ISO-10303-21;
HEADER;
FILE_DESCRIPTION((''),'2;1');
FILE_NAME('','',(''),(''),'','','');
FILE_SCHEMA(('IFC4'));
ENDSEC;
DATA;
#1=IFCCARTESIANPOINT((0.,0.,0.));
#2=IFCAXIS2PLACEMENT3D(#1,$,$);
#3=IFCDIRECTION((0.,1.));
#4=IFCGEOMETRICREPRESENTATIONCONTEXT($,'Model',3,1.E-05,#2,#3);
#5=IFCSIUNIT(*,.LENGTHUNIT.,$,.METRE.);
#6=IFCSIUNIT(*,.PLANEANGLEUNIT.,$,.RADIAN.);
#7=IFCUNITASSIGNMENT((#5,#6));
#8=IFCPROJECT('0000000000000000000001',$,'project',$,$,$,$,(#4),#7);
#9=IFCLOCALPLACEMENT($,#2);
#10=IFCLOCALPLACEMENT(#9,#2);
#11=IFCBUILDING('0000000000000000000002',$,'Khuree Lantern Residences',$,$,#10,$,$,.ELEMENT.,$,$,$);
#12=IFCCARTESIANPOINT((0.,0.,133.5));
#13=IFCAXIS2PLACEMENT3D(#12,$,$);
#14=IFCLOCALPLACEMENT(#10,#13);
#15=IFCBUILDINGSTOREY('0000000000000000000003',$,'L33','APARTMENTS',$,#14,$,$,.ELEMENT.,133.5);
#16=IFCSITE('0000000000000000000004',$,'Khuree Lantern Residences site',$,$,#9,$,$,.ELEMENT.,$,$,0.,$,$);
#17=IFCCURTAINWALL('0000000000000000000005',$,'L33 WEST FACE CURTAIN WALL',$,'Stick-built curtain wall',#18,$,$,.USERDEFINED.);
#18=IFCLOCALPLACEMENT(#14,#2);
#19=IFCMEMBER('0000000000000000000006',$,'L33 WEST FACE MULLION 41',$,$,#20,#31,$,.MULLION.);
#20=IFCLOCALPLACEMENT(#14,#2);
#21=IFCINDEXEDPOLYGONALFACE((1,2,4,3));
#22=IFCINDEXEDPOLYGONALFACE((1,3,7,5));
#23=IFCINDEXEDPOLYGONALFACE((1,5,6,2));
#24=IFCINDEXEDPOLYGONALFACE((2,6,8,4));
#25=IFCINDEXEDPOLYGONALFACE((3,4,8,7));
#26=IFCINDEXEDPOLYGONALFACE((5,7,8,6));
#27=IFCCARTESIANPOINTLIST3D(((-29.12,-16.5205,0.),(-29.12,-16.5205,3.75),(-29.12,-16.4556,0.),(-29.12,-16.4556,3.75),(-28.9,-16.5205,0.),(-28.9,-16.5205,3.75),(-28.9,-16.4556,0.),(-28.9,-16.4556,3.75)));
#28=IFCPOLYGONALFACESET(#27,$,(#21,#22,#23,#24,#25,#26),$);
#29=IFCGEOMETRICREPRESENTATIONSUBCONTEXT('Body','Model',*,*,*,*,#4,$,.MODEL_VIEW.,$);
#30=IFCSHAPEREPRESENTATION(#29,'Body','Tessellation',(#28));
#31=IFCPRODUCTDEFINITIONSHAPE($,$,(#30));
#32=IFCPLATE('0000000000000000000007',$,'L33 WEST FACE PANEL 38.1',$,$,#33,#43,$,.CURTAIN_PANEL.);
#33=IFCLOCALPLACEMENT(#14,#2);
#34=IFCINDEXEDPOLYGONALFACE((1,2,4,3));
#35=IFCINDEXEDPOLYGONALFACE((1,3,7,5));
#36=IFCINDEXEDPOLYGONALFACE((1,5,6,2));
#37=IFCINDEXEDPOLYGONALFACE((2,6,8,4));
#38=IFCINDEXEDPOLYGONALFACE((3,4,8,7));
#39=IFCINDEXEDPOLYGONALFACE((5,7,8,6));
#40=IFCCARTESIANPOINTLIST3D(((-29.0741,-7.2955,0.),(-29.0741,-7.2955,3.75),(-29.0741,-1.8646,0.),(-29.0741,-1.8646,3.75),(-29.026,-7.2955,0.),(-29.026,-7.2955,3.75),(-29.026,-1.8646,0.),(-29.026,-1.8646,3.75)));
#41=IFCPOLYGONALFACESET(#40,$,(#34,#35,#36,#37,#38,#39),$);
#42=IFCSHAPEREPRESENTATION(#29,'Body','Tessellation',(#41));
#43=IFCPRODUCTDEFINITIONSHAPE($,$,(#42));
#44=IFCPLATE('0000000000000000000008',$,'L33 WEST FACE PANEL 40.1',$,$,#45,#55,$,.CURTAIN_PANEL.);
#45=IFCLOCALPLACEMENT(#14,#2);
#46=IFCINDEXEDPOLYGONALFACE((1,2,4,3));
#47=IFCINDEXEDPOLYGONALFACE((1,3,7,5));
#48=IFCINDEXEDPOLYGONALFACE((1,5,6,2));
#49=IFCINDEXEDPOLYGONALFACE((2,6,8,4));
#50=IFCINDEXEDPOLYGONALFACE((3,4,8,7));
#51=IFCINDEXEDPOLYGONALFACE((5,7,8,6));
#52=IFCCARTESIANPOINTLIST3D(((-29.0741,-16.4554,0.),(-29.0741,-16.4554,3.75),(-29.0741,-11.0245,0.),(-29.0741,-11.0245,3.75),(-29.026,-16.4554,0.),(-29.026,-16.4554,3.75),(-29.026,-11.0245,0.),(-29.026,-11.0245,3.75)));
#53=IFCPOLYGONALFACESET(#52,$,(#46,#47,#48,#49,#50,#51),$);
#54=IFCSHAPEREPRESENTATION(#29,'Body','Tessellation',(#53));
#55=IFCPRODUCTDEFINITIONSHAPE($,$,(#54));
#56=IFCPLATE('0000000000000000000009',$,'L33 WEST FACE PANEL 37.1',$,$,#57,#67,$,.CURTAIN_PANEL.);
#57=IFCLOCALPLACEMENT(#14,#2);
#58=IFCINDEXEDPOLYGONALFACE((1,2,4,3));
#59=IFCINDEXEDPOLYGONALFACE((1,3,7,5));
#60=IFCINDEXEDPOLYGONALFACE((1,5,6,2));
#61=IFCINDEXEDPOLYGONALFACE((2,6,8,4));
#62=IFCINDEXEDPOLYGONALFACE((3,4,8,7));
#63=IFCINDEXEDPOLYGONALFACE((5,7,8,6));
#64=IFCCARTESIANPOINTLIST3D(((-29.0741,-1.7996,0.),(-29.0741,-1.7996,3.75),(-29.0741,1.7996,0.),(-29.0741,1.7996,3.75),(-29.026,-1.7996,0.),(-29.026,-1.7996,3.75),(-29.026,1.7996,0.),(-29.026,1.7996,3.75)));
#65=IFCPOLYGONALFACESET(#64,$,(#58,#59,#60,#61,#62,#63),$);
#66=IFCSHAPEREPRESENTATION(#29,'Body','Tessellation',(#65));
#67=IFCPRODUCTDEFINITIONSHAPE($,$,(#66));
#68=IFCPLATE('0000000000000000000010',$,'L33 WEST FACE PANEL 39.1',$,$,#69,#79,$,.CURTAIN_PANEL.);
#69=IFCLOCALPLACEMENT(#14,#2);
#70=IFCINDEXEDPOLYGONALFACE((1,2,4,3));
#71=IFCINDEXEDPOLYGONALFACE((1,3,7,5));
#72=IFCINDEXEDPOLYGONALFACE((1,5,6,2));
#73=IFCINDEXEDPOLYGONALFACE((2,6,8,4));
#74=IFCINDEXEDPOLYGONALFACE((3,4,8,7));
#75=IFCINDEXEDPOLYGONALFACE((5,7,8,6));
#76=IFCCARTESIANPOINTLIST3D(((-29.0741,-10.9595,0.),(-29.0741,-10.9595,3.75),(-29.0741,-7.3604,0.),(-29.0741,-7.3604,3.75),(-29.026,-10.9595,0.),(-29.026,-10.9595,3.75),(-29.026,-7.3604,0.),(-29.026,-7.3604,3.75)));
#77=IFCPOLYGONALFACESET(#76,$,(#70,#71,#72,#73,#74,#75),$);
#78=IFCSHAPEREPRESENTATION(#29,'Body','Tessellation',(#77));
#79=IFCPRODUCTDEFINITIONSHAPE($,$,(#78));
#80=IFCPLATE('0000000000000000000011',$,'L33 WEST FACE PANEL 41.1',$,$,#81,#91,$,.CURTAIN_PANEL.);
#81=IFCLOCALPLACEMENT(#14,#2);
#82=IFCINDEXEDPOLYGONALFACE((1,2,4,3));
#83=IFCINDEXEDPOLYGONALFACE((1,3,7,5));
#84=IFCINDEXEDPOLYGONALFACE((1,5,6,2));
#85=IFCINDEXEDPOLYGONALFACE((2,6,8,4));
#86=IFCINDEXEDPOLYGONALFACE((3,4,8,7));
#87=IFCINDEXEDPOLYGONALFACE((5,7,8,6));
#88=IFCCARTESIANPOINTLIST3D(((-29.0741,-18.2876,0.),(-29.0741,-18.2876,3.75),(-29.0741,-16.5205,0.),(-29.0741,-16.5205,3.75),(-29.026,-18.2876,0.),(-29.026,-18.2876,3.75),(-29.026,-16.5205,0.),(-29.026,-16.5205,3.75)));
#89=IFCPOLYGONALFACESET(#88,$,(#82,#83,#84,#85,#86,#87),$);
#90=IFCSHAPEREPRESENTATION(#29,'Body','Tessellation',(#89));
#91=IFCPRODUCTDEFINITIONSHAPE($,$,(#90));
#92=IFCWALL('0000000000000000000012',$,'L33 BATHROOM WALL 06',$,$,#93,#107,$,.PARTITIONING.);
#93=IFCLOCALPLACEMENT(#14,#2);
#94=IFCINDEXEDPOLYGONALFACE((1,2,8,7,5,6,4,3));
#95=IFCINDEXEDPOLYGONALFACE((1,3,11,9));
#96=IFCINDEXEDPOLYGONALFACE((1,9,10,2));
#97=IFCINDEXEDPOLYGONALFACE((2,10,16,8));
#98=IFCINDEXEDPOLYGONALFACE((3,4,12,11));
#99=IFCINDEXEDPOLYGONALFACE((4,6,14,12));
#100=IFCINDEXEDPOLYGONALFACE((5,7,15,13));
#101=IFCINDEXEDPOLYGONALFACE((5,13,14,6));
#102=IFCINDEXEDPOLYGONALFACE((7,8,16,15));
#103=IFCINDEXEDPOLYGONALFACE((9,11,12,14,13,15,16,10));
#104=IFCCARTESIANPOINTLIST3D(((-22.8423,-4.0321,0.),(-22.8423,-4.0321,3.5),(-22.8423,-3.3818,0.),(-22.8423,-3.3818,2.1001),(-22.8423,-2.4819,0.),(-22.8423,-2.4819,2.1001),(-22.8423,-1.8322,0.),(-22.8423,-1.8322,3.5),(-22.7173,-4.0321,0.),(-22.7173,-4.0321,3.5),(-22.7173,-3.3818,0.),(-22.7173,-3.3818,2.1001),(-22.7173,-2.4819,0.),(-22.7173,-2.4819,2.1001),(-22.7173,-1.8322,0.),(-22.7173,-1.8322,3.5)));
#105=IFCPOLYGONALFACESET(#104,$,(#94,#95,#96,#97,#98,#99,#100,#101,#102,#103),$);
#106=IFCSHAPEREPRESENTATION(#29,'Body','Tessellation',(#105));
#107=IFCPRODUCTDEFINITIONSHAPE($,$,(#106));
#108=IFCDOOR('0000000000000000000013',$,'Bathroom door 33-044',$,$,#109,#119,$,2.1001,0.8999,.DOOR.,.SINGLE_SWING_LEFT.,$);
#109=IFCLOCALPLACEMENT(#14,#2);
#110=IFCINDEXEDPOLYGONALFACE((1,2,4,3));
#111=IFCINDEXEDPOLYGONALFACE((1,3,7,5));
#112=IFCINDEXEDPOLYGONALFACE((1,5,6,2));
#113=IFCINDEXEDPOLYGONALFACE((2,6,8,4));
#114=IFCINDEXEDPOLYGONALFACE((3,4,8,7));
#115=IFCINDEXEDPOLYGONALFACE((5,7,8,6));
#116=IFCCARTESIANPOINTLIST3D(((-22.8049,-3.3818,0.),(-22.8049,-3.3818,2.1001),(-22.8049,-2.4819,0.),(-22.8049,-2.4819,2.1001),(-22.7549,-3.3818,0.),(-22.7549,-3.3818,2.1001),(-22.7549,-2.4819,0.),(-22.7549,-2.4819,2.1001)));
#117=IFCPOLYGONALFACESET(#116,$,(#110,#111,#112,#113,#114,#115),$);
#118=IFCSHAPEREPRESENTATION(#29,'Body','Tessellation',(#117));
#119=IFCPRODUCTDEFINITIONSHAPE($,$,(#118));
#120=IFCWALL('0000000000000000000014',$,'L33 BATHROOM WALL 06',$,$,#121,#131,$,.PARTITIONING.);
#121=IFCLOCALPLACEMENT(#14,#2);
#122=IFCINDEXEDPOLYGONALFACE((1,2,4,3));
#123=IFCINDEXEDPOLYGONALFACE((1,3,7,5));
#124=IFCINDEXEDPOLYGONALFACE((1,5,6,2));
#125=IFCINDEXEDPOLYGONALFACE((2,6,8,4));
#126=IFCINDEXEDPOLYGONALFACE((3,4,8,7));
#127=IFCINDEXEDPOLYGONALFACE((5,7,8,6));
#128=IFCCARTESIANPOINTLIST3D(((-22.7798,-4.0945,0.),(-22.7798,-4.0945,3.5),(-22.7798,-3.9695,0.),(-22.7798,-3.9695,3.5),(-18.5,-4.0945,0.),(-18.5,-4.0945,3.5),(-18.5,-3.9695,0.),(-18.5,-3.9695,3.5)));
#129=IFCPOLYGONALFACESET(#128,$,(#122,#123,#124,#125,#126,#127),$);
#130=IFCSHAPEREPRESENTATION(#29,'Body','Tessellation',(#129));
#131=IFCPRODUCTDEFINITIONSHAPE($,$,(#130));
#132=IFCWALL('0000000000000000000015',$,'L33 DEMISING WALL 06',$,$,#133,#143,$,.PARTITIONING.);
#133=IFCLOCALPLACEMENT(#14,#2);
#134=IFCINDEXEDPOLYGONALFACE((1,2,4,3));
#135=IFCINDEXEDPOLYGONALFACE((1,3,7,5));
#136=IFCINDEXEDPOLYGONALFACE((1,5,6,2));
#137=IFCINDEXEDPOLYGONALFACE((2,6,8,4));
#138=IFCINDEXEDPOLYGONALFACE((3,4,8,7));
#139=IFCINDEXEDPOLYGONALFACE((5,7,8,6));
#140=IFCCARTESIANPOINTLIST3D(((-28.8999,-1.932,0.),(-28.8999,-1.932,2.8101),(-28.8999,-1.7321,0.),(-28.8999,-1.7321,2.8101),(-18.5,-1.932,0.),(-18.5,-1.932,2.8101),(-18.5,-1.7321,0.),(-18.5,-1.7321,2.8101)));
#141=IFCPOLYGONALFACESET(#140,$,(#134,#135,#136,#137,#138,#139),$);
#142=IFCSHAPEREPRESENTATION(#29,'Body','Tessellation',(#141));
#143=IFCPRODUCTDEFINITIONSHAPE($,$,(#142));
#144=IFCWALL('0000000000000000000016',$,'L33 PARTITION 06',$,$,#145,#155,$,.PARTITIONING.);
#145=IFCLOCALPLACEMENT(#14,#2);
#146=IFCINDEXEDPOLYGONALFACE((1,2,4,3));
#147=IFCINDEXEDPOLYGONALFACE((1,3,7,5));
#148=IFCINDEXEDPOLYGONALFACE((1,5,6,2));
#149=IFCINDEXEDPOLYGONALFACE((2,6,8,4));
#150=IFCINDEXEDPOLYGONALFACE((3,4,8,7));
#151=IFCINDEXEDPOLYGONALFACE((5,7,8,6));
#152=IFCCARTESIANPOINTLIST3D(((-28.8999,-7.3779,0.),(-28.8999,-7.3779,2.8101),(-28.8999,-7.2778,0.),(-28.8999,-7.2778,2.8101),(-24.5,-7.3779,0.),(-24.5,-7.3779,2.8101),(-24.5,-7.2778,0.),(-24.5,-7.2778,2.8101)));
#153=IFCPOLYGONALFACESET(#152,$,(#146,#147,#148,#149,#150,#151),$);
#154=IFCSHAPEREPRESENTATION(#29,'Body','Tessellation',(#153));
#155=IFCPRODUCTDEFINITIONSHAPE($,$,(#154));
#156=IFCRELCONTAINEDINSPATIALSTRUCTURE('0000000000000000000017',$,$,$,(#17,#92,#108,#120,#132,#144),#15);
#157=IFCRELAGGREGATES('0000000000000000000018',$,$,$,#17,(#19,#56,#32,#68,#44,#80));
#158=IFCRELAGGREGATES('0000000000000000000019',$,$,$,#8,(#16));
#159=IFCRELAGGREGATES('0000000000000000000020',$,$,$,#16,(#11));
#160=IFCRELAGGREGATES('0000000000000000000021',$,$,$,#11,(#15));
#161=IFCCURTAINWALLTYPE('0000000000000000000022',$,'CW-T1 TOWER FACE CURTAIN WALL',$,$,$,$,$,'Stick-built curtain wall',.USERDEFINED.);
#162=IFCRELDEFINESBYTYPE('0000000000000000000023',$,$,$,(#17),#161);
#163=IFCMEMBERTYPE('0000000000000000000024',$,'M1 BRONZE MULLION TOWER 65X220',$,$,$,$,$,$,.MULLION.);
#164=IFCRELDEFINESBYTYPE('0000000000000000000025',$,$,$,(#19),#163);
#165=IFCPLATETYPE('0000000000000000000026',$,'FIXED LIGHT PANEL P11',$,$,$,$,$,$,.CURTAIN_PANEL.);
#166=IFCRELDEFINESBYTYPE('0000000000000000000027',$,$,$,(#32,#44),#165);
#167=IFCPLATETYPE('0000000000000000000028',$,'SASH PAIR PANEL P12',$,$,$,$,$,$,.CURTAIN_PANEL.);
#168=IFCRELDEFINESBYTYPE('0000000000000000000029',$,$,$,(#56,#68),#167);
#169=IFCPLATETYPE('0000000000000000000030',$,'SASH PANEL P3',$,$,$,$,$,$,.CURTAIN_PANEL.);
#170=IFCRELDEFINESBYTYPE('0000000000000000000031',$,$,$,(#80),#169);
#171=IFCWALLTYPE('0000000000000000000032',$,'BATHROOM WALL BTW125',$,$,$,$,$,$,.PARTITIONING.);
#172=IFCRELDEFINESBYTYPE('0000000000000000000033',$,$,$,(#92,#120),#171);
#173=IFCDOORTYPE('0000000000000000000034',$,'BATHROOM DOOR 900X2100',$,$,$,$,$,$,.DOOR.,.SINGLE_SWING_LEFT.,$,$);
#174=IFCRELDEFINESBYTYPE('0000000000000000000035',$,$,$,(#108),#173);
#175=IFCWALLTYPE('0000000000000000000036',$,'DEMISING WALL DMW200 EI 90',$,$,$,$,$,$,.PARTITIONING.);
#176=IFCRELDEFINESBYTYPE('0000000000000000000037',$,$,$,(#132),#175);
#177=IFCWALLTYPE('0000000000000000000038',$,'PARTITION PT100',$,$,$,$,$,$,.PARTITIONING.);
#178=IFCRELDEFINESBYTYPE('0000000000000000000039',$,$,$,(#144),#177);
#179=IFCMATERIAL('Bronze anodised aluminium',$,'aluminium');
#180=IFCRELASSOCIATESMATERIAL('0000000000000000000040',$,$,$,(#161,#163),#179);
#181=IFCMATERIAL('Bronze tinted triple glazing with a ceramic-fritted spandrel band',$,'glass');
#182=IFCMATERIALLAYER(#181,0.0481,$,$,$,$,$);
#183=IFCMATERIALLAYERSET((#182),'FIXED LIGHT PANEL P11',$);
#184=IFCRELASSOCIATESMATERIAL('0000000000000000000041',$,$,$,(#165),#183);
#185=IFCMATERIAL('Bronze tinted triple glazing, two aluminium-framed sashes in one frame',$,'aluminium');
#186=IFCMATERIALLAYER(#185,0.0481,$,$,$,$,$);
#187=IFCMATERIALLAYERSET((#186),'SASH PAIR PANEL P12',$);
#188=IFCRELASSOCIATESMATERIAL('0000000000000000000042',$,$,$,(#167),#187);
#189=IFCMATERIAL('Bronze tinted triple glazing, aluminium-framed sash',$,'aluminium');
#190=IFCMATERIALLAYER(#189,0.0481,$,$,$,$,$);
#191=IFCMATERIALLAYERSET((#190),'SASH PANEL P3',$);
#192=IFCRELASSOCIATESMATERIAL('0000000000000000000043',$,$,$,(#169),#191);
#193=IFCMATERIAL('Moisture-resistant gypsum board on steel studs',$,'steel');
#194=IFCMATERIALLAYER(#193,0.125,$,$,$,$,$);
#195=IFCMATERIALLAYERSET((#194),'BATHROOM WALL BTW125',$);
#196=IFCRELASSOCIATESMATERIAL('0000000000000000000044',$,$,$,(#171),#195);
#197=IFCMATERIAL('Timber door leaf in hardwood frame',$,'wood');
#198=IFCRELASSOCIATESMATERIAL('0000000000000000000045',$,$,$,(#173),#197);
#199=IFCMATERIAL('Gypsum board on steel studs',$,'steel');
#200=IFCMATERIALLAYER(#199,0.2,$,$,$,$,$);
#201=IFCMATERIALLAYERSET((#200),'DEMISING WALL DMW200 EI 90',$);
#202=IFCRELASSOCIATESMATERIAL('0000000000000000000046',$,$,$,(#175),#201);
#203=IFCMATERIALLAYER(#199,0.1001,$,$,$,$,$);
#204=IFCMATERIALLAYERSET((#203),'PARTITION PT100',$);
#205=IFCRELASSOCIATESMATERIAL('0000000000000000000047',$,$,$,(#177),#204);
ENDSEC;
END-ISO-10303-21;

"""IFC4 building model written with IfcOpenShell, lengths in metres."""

from ifc_helpers import new_model, si_unit, direction, frame, frame_2d, origin, origin_2d, place, context, subcontext, project, spatial, rectangle, extrude, material, layer, layer_set, material_profile, profile_set, type_object, element, fill, aggregate, save


model = new_model("IFC4")

# Units and contexts
model_context = context("Model", 3, precision=1e-05, world=origin(), true_north=direction((0.0, 1.0)))
body_context = subcontext(model_context, "Body", "Model", "MODEL_VIEW")
ifc_project = project(units=[si_unit("LENGTHUNIT", "METRE"), si_unit("PLANEANGLEUNIT", "RADIAN")], contexts=[model_context])

# Site, building, storey
site_placement = place(None, origin())
site = spatial("IfcSite", under=ifc_project, at=site_placement, Name="Khuree Lantern Residences site", CompositionType="ELEMENT", RefElevation=0.0)
building_placement = place(site_placement, origin())
building = spatial("IfcBuilding", under=site, at=building_placement, Name="Khuree Lantern Residences", CompositionType="ELEMENT")
storey_placement = place(building_placement, frame((0.0, 0.0, 133.5)))
storey = spatial("IfcBuildingStorey", under=building, at=storey_placement, Name="L33", Description="APARTMENTS", CompositionType="ELEMENT", Elevation=133.5)

# Curtain wall
ifc_material_1 = material(Name="Bronze anodised aluminium", Category="aluminium")
curtain_wall_type = type_object("IfcCurtainWallType", Name="CW-T1 TOWER FACE CURTAIN WALL", ElementType="Stick-built curtain wall", PredefinedType="USERDEFINED", material=ifc_material_1)
curtain_wall_placement = place(storey_placement, origin())
curtain_wall = element("IfcCurtainWall", 1, at=curtain_wall_placement, inside=storey, type_object=curtain_wall_type, Name="L33 WEST FACE CURTAIN WALL", ObjectType="Stick-built curtain wall", PredefinedType="USERDEFINED")

# Member
ifc_material_profile_1 = material_profile(ifc_material_1, rectangle(XDim=0.0649, YDim=0.22, at=origin_2d()), Name="M1 65X220")
ifc_profile_set_1 = profile_set([ifc_material_profile_1], Name="Bronze anodised aluminium")
member_type_1 = type_object("IfcMemberType", Name="M1 BRONZE MULLION TOWER 65X220", PredefinedType="MULLION", material=ifc_profile_set_1)
member_1_placement = place(storey_placement, frame((-29.01, -16.488, 0.0), z_axis=(0.0, 0.0, 1.0), x_axis=(0.0, -1.0, 0.0)))
member_1 = element("IfcMember", 2, at=member_1_placement, type_object=member_type_1, Name="L33 WEST FACE MULLION 41", PredefinedType="MULLION", context=body_context, shape_type="SweptSolid", body=[
    extrude(rectangle(XDim=0.0649, YDim=0.22, at=origin_2d()), origin(), (0.0, 0.0, 1.0), 3.75),
])

# Plates
ifc_material_2 = material(Name="Bronze tinted triple glazing with a ceramic-fritted spandrel band", Category="glass")
ifc_layer_1 = layer(ifc_material_2, 0.0481)
ifc_layer_set_1 = layer_set([ifc_layer_1], Name="FIXED LIGHT PANEL P11")
plate_type_1 = type_object("IfcPlateType", Name="FIXED LIGHT PANEL P11", PredefinedType="CURTAIN_PANEL", material=ifc_layer_set_1)
plate_1_placement = place(storey_placement, frame((-29.05, -4.5801, 0.0), z_axis=(0.0, 0.0, 1.0), x_axis=(0.0, -1.0, 0.0)))
plate_1 = element("IfcPlate", 3, at=plate_1_placement, type_object=plate_type_1, Name="L33 WEST FACE PANEL 38.1", PredefinedType="CURTAIN_PANEL", context=body_context, shape_type="SweptSolid", body=[
    extrude(rectangle(XDim=5.4309, YDim=0.0481, at=origin_2d()), origin(), (0.0, 0.0, 1.0), 3.75),
])
plate_2_placement = place(storey_placement, frame((-29.05, -13.74, 0.0), z_axis=(0.0, 0.0, 1.0), x_axis=(0.0, -1.0, 0.0)))
plate_2 = element("IfcPlate", 4, at=plate_2_placement, type_object=plate_type_1, Name="L33 WEST FACE PANEL 40.1", PredefinedType="CURTAIN_PANEL", context=body_context, shape_type="SweptSolid", body=[
    extrude(rectangle(XDim=5.4309, YDim=0.0481, at=origin_2d()), origin(), (0.0, 0.0, 1.0), 3.75),
])
ifc_material_3 = material(Name="Bronze tinted triple glazing, two aluminium-framed sashes in one frame", Category="aluminium")
ifc_layer_2 = layer(ifc_material_3, 0.0481)
ifc_layer_set_2 = layer_set([ifc_layer_2], Name="SASH PAIR PANEL P12")
plate_type_2 = type_object("IfcPlateType", Name="SASH PAIR PANEL P12", PredefinedType="CURTAIN_PANEL", material=ifc_layer_set_2)
plate_3_placement = place(storey_placement, frame((-29.05, 0.0, 0.0), z_axis=(0.0, 0.0, 1.0), x_axis=(0.0, -1.0, 0.0)))
plate_3 = element("IfcPlate", 5, at=plate_3_placement, type_object=plate_type_2, Name="L33 WEST FACE PANEL 37.1", PredefinedType="CURTAIN_PANEL", context=body_context, shape_type="SweptSolid", body=[
    extrude(rectangle(XDim=3.5991, YDim=0.0481, at=origin_2d()), origin(), (0.0, 0.0, 1.0), 3.75),
])
plate_4_placement = place(storey_placement, frame((-29.05, -9.1599, 0.0), z_axis=(0.0, 0.0, 1.0), x_axis=(0.0, -1.0, 0.0)))
plate_4 = element("IfcPlate", 6, at=plate_4_placement, type_object=plate_type_2, Name="L33 WEST FACE PANEL 39.1", PredefinedType="CURTAIN_PANEL", context=body_context, shape_type="SweptSolid", body=[
    extrude(rectangle(XDim=3.5991, YDim=0.0481, at=origin_2d()), origin(), (0.0, 0.0, 1.0), 3.75),
])
ifc_material_4 = material(Name="Bronze tinted triple glazing, aluminium-framed sash", Category="aluminium")
ifc_layer_3 = layer(ifc_material_4, 0.0481)
ifc_layer_set_3 = layer_set([ifc_layer_3], Name="SASH PANEL P3")
plate_type_3 = type_object("IfcPlateType", Name="SASH PANEL P3", PredefinedType="CURTAIN_PANEL", material=ifc_layer_set_3)
plate_5_placement = place(storey_placement, frame((-29.05, -17.4041, 0.0), z_axis=(0.0, 0.0, 1.0), x_axis=(0.0, -1.0, 0.0)))
plate_5 = element("IfcPlate", 7, at=plate_5_placement, type_object=plate_type_3, Name="L33 WEST FACE PANEL 41.1", PredefinedType="CURTAIN_PANEL", context=body_context, shape_type="SweptSolid", body=[
    extrude(rectangle(XDim=1.7671, YDim=0.0481, at=origin_2d()), origin(), (0.0, 0.0, 1.0), 3.75),
])
aggregate(curtain_wall, [member_1, plate_3, plate_1, plate_4, plate_2, plate_5])

# Wall, opening, door
ifc_material_5 = material(Name="Moisture-resistant gypsum board on steel studs", Category="steel")
ifc_layer_4 = layer(ifc_material_5, 0.125)
ifc_layer_set_4 = layer_set([ifc_layer_4], Name="BATHROOM WALL BTW125")
wall_type_1 = type_object("IfcWallType", Name="BATHROOM WALL BTW125", PredefinedType="PARTITIONING", material=ifc_layer_set_4)
wall_1_placement = place(storey_placement, frame((-22.7798, -1.832, 0.0), z_axis=(0.0, 0.0, 1.0), x_axis=(0.0, -1.0, 0.0)))
wall_1 = element("IfcWall", 8, at=wall_1_placement, inside=storey, type_object=wall_type_1, Name="L33 BATHROOM WALL 06", PredefinedType="PARTITIONING", context=body_context, shape_type="SweptSolid", body=[
    extrude(rectangle(XDim=2.2, YDim=0.125, at=frame_2d((1.1001, 0.0))), origin(), (0.0, 0.0, 1.0), 3.5),
])
opening_1_placement = place(wall_1_placement, frame((0.6499, 0.0, 0.0)))
opening_1 = element("IfcOpeningElement", 9, at=opening_1_placement, cuts=wall_1, PredefinedType="OPENING", context=body_context, shape_type="SweptSolid", body=[
    extrude(rectangle(XDim=0.8999, YDim=2.1001, at=frame_2d((0.45, 1.05))), frame((0.0, 0.0725, 0.0), z_axis=(0.0, -1.0, 0.0), x_axis=(1.0, 0.0, 0.0)), (0.0, 0.0, 1.0), 0.145),
])
ifc_material_6 = material(Name="Timber door leaf in hardwood frame", Category="wood")
door_type_1 = type_object("IfcDoorType", Name="BATHROOM DOOR 900X2100", OperationType="SINGLE_SWING_LEFT", PredefinedType="DOOR", material=ifc_material_6)
door_1_placement = place(opening_1_placement, origin())
door_1 = element("IfcDoor", 10, at=door_1_placement, inside=storey, type_object=door_type_1, Name="Bathroom door 33-044", OperationType="SINGLE_SWING_LEFT", OverallHeight=2.1001, OverallWidth=0.8999, PredefinedType="DOOR", context=body_context, shape_type="SweptSolid", body=[
    extrude(rectangle(XDim=0.8999, YDim=2.1001, at=frame_2d((0.45, 1.05))), frame((0.0, 0.0249, 0.0), z_axis=(0.0, -1.0, 0.0), x_axis=(1.0, 0.0, 0.0)), (0.0, 0.0, 1.0), 0.05),
])
fill(opening_1, door_1)

# Walls
wall_2_placement = place(storey_placement, frame((-18.5, -4.032, 0.0), z_axis=(0.0, 0.0, 1.0), x_axis=(-1.0, 0.0, 0.0)))
element("IfcWall", 11, at=wall_2_placement, inside=storey, type_object=wall_type_1, Name="L33 BATHROOM WALL 06", PredefinedType="PARTITIONING", context=body_context, shape_type="SweptSolid", body=[
    extrude(rectangle(XDim=4.2798, YDim=0.125, at=frame_2d((2.1399, 0.0))), origin(), (0.0, 0.0, 1.0), 3.5),
])
ifc_material_7 = material(Name="Gypsum board on steel studs", Category="steel")
ifc_layer_5 = layer(ifc_material_7, 0.2)
ifc_layer_set_5 = layer_set([ifc_layer_5], Name="DEMISING WALL DMW200 EI 90")
wall_type_2 = type_object("IfcWallType", Name="DEMISING WALL DMW200 EI 90", PredefinedType="PARTITIONING", material=ifc_layer_set_5)
wall_3_placement = place(storey_placement, frame((-18.5, -1.832, 0.0), z_axis=(0.0, 0.0, 1.0), x_axis=(-1.0, 0.0, 0.0)))
element("IfcWall", 12, at=wall_3_placement, inside=storey, type_object=wall_type_2, Name="L33 DEMISING WALL 06", PredefinedType="PARTITIONING", context=body_context, shape_type="SweptSolid", body=[
    extrude(rectangle(XDim=10.3999, YDim=0.2, at=frame_2d((5.2, 0.0))), origin(), (0.0, 0.0, 1.0), 2.8101),
])
ifc_layer_6 = layer(ifc_material_7, 0.1001)
ifc_layer_set_6 = layer_set([ifc_layer_6], Name="PARTITION PT100")
wall_type_3 = type_object("IfcWallType", Name="PARTITION PT100", PredefinedType="PARTITIONING", material=ifc_layer_set_6)
wall_4_placement = place(storey_placement, frame((-24.5, -7.3279, 0.0), z_axis=(0.0, 0.0, 1.0), x_axis=(-1.0, 0.0, 0.0)))
element("IfcWall", 13, at=wall_4_placement, inside=storey, type_object=wall_type_3, Name="L33 PARTITION 06", PredefinedType="PARTITIONING", context=body_context, shape_type="SweptSolid", body=[
    extrude(rectangle(XDim=4.3999, YDim=0.1001, at=frame_2d((2.2, 0.0))), origin(), (0.0, 0.0, 1.0), 2.8101),
])

save(model, "model.ifc")
